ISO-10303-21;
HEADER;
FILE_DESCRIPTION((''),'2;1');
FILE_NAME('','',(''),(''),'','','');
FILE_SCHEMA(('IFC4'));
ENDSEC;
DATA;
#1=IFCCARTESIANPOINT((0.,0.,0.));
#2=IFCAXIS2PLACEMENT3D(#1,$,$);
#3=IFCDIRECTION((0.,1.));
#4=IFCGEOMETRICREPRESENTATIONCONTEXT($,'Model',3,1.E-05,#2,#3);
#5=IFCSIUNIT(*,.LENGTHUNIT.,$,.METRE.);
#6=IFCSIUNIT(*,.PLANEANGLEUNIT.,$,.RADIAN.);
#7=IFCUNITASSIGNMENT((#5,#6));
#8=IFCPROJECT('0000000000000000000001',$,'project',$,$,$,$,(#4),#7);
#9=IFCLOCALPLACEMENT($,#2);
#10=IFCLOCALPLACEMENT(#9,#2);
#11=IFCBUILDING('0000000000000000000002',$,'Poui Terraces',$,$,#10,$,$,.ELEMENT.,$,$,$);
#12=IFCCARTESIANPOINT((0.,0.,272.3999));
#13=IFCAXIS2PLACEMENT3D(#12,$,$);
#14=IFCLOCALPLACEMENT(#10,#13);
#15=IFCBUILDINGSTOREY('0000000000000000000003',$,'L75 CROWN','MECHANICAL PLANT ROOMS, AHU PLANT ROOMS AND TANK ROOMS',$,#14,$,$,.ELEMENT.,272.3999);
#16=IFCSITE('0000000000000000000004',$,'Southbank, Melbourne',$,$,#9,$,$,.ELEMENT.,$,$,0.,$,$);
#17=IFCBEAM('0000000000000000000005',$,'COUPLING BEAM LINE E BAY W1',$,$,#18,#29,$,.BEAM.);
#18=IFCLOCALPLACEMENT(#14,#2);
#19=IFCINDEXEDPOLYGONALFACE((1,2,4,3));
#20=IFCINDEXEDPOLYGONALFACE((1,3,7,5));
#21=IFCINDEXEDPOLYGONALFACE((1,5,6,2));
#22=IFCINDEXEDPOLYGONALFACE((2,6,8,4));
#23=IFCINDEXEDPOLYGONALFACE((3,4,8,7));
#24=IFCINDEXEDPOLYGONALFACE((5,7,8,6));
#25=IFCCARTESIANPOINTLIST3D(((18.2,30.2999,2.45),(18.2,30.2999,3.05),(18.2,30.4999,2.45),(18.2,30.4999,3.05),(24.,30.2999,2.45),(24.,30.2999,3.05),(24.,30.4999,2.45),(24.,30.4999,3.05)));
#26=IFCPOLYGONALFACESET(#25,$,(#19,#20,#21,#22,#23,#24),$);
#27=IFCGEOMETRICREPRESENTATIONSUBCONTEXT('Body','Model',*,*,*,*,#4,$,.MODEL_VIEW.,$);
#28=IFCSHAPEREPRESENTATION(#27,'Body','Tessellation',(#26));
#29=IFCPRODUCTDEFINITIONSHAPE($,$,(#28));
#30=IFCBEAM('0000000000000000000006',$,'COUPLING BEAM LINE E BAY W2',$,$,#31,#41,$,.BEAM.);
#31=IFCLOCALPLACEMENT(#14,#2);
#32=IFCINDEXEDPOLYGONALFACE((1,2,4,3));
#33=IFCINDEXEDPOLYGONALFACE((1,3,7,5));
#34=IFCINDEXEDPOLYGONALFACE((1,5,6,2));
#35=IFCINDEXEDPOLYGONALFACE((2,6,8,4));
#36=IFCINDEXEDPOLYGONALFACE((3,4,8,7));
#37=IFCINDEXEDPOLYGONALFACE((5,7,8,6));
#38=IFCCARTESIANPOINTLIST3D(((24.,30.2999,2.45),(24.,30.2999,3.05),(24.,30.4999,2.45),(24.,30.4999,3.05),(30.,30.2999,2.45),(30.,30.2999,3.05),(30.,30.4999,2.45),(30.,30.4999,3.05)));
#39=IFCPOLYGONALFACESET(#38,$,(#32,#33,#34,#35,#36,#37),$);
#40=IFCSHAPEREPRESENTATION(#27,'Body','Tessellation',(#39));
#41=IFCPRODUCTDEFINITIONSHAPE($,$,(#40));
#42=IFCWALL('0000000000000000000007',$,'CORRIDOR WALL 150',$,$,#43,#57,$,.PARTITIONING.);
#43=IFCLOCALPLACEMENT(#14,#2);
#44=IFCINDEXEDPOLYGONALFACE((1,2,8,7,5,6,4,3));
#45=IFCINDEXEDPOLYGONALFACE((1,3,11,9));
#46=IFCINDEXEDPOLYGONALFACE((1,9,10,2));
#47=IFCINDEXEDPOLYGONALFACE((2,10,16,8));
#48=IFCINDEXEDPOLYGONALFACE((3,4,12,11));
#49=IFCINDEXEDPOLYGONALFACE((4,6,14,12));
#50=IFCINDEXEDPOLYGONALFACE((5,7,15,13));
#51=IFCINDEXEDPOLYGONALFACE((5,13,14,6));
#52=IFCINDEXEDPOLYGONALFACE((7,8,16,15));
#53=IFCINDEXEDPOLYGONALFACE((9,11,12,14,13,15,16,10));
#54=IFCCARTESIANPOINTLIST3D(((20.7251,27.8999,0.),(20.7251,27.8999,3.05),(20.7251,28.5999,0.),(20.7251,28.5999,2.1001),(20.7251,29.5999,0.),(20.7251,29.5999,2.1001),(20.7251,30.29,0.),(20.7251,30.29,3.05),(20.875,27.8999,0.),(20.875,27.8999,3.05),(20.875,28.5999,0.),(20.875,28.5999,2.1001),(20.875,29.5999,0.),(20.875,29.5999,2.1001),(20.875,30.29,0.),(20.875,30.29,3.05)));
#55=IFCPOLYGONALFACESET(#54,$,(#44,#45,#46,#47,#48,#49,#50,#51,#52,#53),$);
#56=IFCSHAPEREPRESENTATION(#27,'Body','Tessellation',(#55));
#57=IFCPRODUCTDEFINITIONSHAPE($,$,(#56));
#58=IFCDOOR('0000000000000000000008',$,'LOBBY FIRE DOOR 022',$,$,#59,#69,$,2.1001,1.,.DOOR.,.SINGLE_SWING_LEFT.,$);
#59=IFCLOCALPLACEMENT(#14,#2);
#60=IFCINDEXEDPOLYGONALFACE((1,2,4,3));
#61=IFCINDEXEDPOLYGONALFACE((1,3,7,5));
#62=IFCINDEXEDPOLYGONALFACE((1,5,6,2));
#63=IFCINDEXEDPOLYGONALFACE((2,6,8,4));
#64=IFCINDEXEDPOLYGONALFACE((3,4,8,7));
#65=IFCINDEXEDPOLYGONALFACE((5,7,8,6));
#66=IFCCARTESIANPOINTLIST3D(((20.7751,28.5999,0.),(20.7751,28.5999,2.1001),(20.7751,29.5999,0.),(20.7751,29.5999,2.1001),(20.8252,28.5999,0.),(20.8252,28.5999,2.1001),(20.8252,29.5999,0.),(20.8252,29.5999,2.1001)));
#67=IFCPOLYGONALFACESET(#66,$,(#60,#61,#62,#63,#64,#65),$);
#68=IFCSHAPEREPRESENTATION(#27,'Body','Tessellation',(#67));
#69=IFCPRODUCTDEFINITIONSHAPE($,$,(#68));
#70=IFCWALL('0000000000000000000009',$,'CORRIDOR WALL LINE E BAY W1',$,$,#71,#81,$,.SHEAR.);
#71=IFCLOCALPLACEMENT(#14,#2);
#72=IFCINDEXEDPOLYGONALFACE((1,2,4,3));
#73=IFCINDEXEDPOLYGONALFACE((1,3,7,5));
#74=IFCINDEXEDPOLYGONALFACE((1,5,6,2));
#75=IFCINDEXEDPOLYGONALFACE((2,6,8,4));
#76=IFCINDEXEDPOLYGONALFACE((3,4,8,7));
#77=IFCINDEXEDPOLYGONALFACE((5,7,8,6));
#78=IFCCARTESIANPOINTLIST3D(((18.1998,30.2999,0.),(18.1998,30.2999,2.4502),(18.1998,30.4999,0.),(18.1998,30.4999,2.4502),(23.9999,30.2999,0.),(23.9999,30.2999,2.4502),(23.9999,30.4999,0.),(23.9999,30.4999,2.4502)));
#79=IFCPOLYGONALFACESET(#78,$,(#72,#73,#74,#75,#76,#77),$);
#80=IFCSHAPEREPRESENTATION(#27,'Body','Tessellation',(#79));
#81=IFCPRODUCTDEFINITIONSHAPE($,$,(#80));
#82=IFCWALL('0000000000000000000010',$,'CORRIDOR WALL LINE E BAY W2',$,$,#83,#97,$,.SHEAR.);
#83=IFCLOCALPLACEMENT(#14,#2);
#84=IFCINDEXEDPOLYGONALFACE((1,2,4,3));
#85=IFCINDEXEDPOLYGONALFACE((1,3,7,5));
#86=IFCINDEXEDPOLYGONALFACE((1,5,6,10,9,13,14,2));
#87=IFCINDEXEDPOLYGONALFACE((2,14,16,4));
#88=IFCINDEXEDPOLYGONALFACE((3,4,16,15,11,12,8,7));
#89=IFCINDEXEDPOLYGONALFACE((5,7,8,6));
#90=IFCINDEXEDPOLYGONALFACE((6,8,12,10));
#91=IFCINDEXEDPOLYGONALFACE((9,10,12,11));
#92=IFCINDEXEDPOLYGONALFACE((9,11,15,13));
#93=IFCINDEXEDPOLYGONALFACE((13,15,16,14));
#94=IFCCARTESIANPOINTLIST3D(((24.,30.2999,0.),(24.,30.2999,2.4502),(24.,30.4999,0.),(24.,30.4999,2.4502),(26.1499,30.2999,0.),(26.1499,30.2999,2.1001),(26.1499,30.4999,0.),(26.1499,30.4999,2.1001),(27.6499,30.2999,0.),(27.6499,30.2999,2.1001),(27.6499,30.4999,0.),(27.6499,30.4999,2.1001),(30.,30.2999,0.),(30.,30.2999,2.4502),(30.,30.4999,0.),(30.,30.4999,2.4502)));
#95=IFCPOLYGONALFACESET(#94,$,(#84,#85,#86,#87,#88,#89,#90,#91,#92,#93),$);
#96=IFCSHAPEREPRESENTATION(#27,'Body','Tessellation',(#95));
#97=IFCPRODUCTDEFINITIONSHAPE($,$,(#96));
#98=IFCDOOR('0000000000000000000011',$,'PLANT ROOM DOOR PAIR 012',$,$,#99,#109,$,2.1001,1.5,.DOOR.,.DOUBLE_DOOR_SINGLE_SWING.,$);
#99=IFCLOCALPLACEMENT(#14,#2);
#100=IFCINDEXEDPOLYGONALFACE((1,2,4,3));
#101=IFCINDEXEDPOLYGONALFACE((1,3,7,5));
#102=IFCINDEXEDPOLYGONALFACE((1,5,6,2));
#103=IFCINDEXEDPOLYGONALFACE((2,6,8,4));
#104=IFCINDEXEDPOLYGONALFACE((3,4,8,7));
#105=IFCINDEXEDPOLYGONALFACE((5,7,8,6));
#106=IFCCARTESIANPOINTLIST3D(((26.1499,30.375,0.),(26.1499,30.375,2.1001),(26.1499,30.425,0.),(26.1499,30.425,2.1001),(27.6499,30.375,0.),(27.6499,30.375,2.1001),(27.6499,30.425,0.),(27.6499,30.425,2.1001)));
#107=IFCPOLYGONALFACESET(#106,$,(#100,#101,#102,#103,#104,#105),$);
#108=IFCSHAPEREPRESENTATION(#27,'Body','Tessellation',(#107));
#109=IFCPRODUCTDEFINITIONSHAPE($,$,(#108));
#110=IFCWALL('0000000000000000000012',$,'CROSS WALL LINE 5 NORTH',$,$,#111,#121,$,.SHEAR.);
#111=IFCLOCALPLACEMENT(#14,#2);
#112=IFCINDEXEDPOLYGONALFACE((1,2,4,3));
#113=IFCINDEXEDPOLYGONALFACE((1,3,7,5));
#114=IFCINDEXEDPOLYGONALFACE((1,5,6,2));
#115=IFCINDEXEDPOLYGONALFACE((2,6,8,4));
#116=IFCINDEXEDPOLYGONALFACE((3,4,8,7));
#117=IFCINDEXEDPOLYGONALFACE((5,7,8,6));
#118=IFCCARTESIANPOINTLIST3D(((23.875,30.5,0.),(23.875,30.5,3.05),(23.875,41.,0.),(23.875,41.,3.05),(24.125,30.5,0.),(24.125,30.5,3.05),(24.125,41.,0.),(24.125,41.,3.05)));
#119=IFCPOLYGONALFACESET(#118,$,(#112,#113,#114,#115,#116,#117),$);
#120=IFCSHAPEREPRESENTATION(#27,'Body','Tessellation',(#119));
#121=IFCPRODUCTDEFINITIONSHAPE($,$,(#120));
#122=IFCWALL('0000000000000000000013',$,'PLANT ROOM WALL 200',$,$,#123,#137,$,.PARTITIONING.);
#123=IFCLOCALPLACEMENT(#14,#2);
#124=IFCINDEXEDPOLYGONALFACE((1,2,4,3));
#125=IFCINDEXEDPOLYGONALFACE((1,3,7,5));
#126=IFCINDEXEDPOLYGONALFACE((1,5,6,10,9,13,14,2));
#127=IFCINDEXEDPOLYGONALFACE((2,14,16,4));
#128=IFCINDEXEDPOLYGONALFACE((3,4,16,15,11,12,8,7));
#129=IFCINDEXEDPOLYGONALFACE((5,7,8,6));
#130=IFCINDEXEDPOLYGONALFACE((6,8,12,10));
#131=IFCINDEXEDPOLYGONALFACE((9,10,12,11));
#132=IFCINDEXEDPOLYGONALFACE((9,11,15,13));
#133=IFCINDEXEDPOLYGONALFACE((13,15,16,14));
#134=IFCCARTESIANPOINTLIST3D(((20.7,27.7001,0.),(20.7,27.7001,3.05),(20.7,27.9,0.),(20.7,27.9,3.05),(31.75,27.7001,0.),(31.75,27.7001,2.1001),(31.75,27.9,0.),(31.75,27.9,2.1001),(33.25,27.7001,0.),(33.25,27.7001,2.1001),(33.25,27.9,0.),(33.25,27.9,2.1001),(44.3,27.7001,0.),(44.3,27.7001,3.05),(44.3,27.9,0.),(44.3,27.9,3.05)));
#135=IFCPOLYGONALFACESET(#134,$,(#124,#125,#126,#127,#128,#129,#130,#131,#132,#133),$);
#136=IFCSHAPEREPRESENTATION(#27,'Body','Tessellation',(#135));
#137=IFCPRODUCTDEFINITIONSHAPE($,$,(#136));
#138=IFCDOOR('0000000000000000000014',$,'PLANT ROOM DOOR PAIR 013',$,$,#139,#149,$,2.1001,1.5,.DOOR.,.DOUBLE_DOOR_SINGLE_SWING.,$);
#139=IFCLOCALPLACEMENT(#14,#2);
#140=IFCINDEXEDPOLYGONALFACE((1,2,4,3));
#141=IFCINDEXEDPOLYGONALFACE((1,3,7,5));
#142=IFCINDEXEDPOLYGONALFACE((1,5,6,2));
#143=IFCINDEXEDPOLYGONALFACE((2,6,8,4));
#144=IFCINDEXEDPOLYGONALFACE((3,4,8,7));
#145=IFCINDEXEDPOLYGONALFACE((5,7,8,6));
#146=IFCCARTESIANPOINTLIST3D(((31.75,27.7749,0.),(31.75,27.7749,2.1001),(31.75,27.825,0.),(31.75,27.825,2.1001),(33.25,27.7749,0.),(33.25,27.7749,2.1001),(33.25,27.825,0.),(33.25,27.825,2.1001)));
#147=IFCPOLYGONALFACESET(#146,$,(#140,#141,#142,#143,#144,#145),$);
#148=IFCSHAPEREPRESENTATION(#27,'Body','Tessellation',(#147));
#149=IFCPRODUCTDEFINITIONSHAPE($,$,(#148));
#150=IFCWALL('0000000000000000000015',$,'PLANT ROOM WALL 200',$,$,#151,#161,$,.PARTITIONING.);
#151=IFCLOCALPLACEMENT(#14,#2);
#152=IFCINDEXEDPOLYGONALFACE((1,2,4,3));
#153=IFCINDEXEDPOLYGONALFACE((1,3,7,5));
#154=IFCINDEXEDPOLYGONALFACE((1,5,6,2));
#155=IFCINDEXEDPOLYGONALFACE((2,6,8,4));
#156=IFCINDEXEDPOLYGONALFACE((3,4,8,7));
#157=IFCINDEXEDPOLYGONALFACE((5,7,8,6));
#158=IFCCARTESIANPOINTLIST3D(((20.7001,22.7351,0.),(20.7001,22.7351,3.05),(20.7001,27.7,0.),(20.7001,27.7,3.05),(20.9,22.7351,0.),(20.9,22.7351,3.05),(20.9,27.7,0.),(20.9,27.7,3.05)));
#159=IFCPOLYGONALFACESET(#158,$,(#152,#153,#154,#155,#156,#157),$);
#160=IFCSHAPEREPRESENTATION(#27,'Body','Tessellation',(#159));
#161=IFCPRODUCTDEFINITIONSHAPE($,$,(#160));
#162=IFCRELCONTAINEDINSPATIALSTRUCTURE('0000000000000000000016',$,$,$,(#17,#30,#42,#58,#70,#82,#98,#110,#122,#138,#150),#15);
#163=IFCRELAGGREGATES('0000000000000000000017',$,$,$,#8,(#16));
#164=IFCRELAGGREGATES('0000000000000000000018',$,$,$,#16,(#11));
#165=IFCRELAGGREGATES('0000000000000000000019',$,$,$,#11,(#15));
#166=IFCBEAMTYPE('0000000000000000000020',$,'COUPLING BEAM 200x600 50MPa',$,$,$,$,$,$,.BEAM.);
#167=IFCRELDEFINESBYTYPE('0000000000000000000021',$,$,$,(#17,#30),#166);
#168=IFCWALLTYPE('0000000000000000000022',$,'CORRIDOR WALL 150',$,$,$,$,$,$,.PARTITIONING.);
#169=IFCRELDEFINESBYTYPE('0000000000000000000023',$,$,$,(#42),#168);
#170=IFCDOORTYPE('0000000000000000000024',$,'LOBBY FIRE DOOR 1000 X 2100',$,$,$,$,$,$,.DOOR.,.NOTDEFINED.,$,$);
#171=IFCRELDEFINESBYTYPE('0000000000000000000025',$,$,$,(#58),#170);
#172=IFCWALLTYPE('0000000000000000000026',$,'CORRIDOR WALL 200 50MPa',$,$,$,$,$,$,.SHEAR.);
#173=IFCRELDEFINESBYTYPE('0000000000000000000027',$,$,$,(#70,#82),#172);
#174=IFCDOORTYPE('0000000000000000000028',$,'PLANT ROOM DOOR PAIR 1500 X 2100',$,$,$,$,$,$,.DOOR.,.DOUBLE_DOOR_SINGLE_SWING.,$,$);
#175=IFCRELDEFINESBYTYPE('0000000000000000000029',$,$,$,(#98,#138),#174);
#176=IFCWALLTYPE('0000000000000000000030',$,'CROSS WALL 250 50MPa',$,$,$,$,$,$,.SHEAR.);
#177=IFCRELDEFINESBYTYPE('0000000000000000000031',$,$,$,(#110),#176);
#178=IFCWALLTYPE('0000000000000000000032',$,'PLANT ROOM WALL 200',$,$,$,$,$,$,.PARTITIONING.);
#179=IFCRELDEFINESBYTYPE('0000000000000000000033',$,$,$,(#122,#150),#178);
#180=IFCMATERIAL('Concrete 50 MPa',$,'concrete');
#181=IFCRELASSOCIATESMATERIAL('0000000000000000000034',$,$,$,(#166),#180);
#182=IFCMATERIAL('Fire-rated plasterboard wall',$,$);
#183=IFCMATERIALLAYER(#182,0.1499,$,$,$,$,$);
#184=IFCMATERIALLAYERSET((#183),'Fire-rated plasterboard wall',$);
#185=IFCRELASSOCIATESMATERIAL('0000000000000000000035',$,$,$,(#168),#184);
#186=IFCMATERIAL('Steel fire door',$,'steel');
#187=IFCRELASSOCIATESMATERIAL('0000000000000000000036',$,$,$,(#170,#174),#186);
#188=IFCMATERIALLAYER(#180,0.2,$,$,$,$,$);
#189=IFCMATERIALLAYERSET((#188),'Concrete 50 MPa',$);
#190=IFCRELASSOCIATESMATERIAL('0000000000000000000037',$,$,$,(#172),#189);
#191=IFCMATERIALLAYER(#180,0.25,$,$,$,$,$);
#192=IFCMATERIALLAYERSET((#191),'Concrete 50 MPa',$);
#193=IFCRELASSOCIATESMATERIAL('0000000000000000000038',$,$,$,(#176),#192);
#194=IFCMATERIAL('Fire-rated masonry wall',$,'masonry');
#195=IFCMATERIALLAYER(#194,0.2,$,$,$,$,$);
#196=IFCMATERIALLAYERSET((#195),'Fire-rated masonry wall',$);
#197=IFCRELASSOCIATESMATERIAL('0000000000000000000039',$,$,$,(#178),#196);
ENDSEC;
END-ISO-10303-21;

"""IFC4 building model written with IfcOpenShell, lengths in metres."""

from ifc_helpers import new_model, si_unit, direction, frame, frame_2d, origin, origin_2d, place, context, subcontext, project, spatial, rectangle, extrude, source, transform, mapped, material, layer, layer_set, material_profile, profile_set, type_object, element, fill, save


model = new_model("IFC4")

# Units and contexts
model_context = context("Model", 3, precision=1e-05, world=origin(), true_north=direction((0.0, 1.0)))
body_context = subcontext(model_context, "Body", "Model", "MODEL_VIEW")
ifc_project = project(units=[si_unit("LENGTHUNIT", "METRE"), si_unit("PLANEANGLEUNIT", "RADIAN")], contexts=[model_context])

# Site, building, storey
site_placement = place(None, origin())
site = spatial("IfcSite", under=ifc_project, at=site_placement, Name="Southbank, Melbourne", CompositionType="ELEMENT", RefElevation=0.0)
building_placement = place(site_placement, origin())
building = spatial("IfcBuilding", under=site, at=building_placement, Name="Poui Terraces", CompositionType="ELEMENT")
storey_placement = place(building_placement, frame((0.0, 0.0, 272.3999)))
storey = spatial("IfcBuildingStorey", under=building, at=storey_placement, Name="L75 CROWN", Description="MECHANICAL PLANT ROOMS, AHU PLANT ROOMS AND TANK ROOMS", CompositionType="ELEMENT", Elevation=272.3999)

# Beams
ifc_material_1 = material(Name="Concrete 50 MPa", Category="concrete")
ifc_material_profile_1 = material_profile(ifc_material_1, rectangle(XDim=0.2, YDim=0.6001, at=origin_2d()), Name="RC 200x600")
ifc_profile_set_1 = profile_set([ifc_material_profile_1], Name="Concrete 50 MPa")
beam_type = type_object("IfcBeamType", Name="COUPLING BEAM 200x600 50MPa", PredefinedType="BEAM", material=ifc_profile_set_1)
shared_shape_1 = source(origin(), body_context, "Body", "SweptSolid", [
    extrude(rectangle(XDim=0.2, YDim=0.6001, at=origin_2d()), origin(), (0.0, 0.0, 1.0), 5.8),
])
beam_1_placement = place(storey_placement, frame((18.2, 30.3999, 2.75), z_axis=(1.0, 0.0, 0.0), x_axis=(0.0, 1.0, 0.0)))
element("IfcBeam", 1, at=beam_1_placement, inside=storey, type_object=beam_type, Name="COUPLING BEAM LINE E BAY W1", PredefinedType="BEAM", context=body_context, shape_type="MappedRepresentation", body=[
    mapped(shared_shape_1, transform((0.0, 0.0, 0.0))),
])
shared_shape_2 = source(origin(), body_context, "Body", "SweptSolid", [
    extrude(rectangle(XDim=0.2, YDim=0.6001, at=origin_2d()), origin(), (0.0, 0.0, 1.0), 6.0),
])
beam_2_placement = place(storey_placement, frame((24.0, 30.3999, 2.75), z_axis=(1.0, 0.0, 0.0), x_axis=(0.0, 1.0, 0.0)))
element("IfcBeam", 2, at=beam_2_placement, inside=storey, type_object=beam_type, Name="COUPLING BEAM LINE E BAY W2", PredefinedType="BEAM", context=body_context, shape_type="MappedRepresentation", body=[
    mapped(shared_shape_2, transform((0.0, 0.0, 0.0))),
])

# Wall, opening, door
ifc_material_2 = material(Name="Fire-rated plasterboard wall")
ifc_layer_1 = layer(ifc_material_2, 0.1499)
ifc_layer_set_1 = layer_set([ifc_layer_1], Name="Fire-rated plasterboard wall")
wall_type_1 = type_object("IfcWallType", Name="CORRIDOR WALL 150", PredefinedType="PARTITIONING", material=ifc_layer_set_1)
wall_1_placement = place(storey_placement, frame((20.8, 27.8999, 0.0), z_axis=(0.0, 0.0, 1.0), x_axis=(0.0, 1.0, 0.0)))
wall_1 = element("IfcWall", 3, at=wall_1_placement, inside=storey, type_object=wall_type_1, Name="CORRIDOR WALL 150", PredefinedType="PARTITIONING", context=body_context, shape_type="SweptSolid", body=[
    extrude(rectangle(XDim=2.3901, YDim=0.1499, at=frame_2d((1.1951, 0.0))), origin(), (0.0, 0.0, 1.0), 3.05),
])
opening_1_placement = place(wall_1_placement, frame((0.7, 0.0, 0.0)))
opening_1 = element("IfcOpeningElement", 4, at=opening_1_placement, cuts=wall_1, PredefinedType="OPENING", context=body_context, shape_type="SweptSolid", body=[
    extrude(rectangle(XDim=1.0, YDim=2.1001, at=frame_2d((0.5, 1.05))), frame((0.0, 0.085, 0.0), z_axis=(0.0, -1.0, 0.0), x_axis=(1.0, 0.0, 0.0)), (0.0, 0.0, 1.0), 0.1699),
])
ifc_material_3 = material(Name="Steel fire door", Category="steel")
door_type_1 = type_object("IfcDoorType", Name="LOBBY FIRE DOOR 1000 X 2100", OperationType="NOTDEFINED", PredefinedType="DOOR", material=ifc_material_3)
door_1_placement = place(opening_1_placement, origin())
door_1 = element("IfcDoor", 5, at=door_1_placement, inside=storey, type_object=door_type_1, Name="LOBBY FIRE DOOR 022", OperationType="SINGLE_SWING_LEFT", OverallHeight=2.1001, OverallWidth=1.0, PredefinedType="DOOR", context=body_context, shape_type="SweptSolid", body=[
    extrude(rectangle(XDim=1.0, YDim=2.1001, at=frame_2d((0.5, 1.05))), frame((0.0, 0.0249, 0.0), z_axis=(0.0, -1.0, 0.0), x_axis=(1.0, 0.0, 0.0)), (0.0, 0.0, 1.0), 0.05),
])
fill(opening_1, door_1)

# Wall
ifc_layer_2 = layer(ifc_material_1, 0.2)
ifc_layer_set_2 = layer_set([ifc_layer_2], Name="Concrete 50 MPa")
wall_type_2 = type_object("IfcWallType", Name="CORRIDOR WALL 200 50MPa", PredefinedType="SHEAR", material=ifc_layer_set_2)
wall_2_placement = place(storey_placement, frame((18.2, 30.3999, 0.0), z_axis=(0.0, 0.0, 1.0), x_axis=(1.0, 0.0, 0.0)))
element("IfcWall", 6, at=wall_2_placement, inside=storey, type_object=wall_type_2, Name="CORRIDOR WALL LINE E BAY W1", PredefinedType="SHEAR", context=body_context, shape_type="SweptSolid", body=[
    extrude(rectangle(XDim=5.8, YDim=0.2, at=frame_2d((2.8999, 0.0))), origin(), (0.0, 0.0, 1.0), 2.4502),
])

# Wall, opening, door
wall_3_placement = place(storey_placement, frame((24.0, 30.3999, 0.0), z_axis=(0.0, 0.0, 1.0), x_axis=(1.0, 0.0, 0.0)))
wall_3 = element("IfcWall", 7, at=wall_3_placement, inside=storey, type_object=wall_type_2, Name="CORRIDOR WALL LINE E BAY W2", PredefinedType="SHEAR", context=body_context, shape_type="SweptSolid", body=[
    extrude(rectangle(XDim=6.0, YDim=0.2, at=frame_2d((3.0, 0.0))), origin(), (0.0, 0.0, 1.0), 2.4502),
])
opening_2_placement = place(wall_3_placement, frame((2.1499, 0.0, 0.0)))
opening_2 = element("IfcOpeningElement", 8, at=opening_2_placement, cuts=wall_3, PredefinedType="OPENING", context=body_context, shape_type="SweptSolid", body=[
    extrude(rectangle(XDim=1.5, YDim=2.1001, at=frame_2d((0.75, 1.05))), frame((0.0, 0.1099, 0.0), z_axis=(0.0, -1.0, 0.0), x_axis=(1.0, 0.0, 0.0)), (0.0, 0.0, 1.0), 0.22),
])
door_type_2 = type_object("IfcDoorType", Name="PLANT ROOM DOOR PAIR 1500 X 2100", OperationType="DOUBLE_DOOR_SINGLE_SWING", PredefinedType="DOOR", material=ifc_material_3)
door_2_placement = place(opening_2_placement, frame((1.5, 0.0, 0.0), z_axis=(0.0, 0.0, 1.0), x_axis=(-1.0, 0.0, 0.0)))
door_2 = element("IfcDoor", 9, at=door_2_placement, inside=storey, type_object=door_type_2, Name="PLANT ROOM DOOR PAIR 012", OperationType="DOUBLE_DOOR_SINGLE_SWING", OverallHeight=2.1001, OverallWidth=1.5, PredefinedType="DOOR", context=body_context, shape_type="SweptSolid", body=[
    extrude(rectangle(XDim=1.5, YDim=2.1001, at=frame_2d((0.75, 1.05))), frame((0.0, 0.0249, 0.0), z_axis=(0.0, -1.0, 0.0), x_axis=(1.0, 0.0, 0.0)), (0.0, 0.0, 1.0), 0.05),
])
fill(opening_2, door_2)

# Wall
ifc_layer_3 = layer(ifc_material_1, 0.25)
ifc_layer_set_3 = layer_set([ifc_layer_3], Name="Concrete 50 MPa")
wall_type_3 = type_object("IfcWallType", Name="CROSS WALL 250 50MPa", PredefinedType="SHEAR", material=ifc_layer_set_3)
wall_4_placement = place(storey_placement, frame((24.0, 30.5, 0.0), z_axis=(0.0, 0.0, 1.0), x_axis=(0.0, 1.0, 0.0)))
element("IfcWall", 10, at=wall_4_placement, inside=storey, type_object=wall_type_3, Name="CROSS WALL LINE 5 NORTH", PredefinedType="SHEAR", context=body_context, shape_type="SweptSolid", body=[
    extrude(rectangle(XDim=10.5, YDim=0.25, at=frame_2d((5.25, 0.0))), origin(), (0.0, 0.0, 1.0), 3.05),
])

# Wall, opening, door
ifc_material_4 = material(Name="Fire-rated masonry wall", Category="masonry")
ifc_layer_4 = layer(ifc_material_4, 0.2)
ifc_layer_set_4 = layer_set([ifc_layer_4], Name="Fire-rated masonry wall")
wall_type_4 = type_object("IfcWallType", Name="PLANT ROOM WALL 200", PredefinedType="PARTITIONING", material=ifc_layer_set_4)
wall_5_placement = place(storey_placement, frame((20.7, 27.8, 0.0), z_axis=(0.0, 0.0, 1.0), x_axis=(1.0, 0.0, 0.0)))
wall_5 = element("IfcWall", 11, at=wall_5_placement, inside=storey, type_object=wall_type_4, Name="PLANT ROOM WALL 200", PredefinedType="PARTITIONING", context=body_context, shape_type="SweptSolid", body=[
    extrude(rectangle(XDim=23.6001, YDim=0.2, at=frame_2d((11.8, 0.0))), origin(), (0.0, 0.0, 1.0), 3.05),
])
opening_3_placement = place(wall_5_placement, frame((11.05, 0.0, 0.0)))
opening_3 = element("IfcOpeningElement", 12, at=opening_3_placement, cuts=wall_5, PredefinedType="OPENING", context=body_context, shape_type="SweptSolid", body=[
    extrude(rectangle(XDim=1.5, YDim=2.1001, at=frame_2d((0.75, 1.05))), frame((0.0, 0.1099, 0.0), z_axis=(0.0, -1.0, 0.0), x_axis=(1.0, 0.0, 0.0)), (0.0, 0.0, 1.0), 0.22),
])
door_3_placement = place(opening_3_placement, origin())
door_3 = element("IfcDoor", 13, at=door_3_placement, inside=storey, type_object=door_type_2, Name="PLANT ROOM DOOR PAIR 013", OperationType="DOUBLE_DOOR_SINGLE_SWING", OverallHeight=2.1001, OverallWidth=1.5, PredefinedType="DOOR", context=body_context, shape_type="SweptSolid", body=[
    extrude(rectangle(XDim=1.5, YDim=2.1001, at=frame_2d((0.75, 1.05))), frame((0.0, 0.0249, 0.0), z_axis=(0.0, -1.0, 0.0), x_axis=(1.0, 0.0, 0.0)), (0.0, 0.0, 1.0), 0.05),
])
fill(opening_3, door_3)

# Wall
wall_6_placement = place(storey_placement, frame((20.8, 22.7351, 0.0), z_axis=(0.0, 0.0, 1.0), x_axis=(0.0, 1.0, 0.0)))
element("IfcWall", 14, at=wall_6_placement, inside=storey, type_object=wall_type_4, Name="PLANT ROOM WALL 200", PredefinedType="PARTITIONING", context=body_context, shape_type="SweptSolid", body=[
    extrude(rectangle(XDim=4.9648, YDim=0.2, at=frame_2d((2.4824, 0.0))), origin(), (0.0, 0.0, 1.0), 3.05),
])

save(model, "model.ifc")
